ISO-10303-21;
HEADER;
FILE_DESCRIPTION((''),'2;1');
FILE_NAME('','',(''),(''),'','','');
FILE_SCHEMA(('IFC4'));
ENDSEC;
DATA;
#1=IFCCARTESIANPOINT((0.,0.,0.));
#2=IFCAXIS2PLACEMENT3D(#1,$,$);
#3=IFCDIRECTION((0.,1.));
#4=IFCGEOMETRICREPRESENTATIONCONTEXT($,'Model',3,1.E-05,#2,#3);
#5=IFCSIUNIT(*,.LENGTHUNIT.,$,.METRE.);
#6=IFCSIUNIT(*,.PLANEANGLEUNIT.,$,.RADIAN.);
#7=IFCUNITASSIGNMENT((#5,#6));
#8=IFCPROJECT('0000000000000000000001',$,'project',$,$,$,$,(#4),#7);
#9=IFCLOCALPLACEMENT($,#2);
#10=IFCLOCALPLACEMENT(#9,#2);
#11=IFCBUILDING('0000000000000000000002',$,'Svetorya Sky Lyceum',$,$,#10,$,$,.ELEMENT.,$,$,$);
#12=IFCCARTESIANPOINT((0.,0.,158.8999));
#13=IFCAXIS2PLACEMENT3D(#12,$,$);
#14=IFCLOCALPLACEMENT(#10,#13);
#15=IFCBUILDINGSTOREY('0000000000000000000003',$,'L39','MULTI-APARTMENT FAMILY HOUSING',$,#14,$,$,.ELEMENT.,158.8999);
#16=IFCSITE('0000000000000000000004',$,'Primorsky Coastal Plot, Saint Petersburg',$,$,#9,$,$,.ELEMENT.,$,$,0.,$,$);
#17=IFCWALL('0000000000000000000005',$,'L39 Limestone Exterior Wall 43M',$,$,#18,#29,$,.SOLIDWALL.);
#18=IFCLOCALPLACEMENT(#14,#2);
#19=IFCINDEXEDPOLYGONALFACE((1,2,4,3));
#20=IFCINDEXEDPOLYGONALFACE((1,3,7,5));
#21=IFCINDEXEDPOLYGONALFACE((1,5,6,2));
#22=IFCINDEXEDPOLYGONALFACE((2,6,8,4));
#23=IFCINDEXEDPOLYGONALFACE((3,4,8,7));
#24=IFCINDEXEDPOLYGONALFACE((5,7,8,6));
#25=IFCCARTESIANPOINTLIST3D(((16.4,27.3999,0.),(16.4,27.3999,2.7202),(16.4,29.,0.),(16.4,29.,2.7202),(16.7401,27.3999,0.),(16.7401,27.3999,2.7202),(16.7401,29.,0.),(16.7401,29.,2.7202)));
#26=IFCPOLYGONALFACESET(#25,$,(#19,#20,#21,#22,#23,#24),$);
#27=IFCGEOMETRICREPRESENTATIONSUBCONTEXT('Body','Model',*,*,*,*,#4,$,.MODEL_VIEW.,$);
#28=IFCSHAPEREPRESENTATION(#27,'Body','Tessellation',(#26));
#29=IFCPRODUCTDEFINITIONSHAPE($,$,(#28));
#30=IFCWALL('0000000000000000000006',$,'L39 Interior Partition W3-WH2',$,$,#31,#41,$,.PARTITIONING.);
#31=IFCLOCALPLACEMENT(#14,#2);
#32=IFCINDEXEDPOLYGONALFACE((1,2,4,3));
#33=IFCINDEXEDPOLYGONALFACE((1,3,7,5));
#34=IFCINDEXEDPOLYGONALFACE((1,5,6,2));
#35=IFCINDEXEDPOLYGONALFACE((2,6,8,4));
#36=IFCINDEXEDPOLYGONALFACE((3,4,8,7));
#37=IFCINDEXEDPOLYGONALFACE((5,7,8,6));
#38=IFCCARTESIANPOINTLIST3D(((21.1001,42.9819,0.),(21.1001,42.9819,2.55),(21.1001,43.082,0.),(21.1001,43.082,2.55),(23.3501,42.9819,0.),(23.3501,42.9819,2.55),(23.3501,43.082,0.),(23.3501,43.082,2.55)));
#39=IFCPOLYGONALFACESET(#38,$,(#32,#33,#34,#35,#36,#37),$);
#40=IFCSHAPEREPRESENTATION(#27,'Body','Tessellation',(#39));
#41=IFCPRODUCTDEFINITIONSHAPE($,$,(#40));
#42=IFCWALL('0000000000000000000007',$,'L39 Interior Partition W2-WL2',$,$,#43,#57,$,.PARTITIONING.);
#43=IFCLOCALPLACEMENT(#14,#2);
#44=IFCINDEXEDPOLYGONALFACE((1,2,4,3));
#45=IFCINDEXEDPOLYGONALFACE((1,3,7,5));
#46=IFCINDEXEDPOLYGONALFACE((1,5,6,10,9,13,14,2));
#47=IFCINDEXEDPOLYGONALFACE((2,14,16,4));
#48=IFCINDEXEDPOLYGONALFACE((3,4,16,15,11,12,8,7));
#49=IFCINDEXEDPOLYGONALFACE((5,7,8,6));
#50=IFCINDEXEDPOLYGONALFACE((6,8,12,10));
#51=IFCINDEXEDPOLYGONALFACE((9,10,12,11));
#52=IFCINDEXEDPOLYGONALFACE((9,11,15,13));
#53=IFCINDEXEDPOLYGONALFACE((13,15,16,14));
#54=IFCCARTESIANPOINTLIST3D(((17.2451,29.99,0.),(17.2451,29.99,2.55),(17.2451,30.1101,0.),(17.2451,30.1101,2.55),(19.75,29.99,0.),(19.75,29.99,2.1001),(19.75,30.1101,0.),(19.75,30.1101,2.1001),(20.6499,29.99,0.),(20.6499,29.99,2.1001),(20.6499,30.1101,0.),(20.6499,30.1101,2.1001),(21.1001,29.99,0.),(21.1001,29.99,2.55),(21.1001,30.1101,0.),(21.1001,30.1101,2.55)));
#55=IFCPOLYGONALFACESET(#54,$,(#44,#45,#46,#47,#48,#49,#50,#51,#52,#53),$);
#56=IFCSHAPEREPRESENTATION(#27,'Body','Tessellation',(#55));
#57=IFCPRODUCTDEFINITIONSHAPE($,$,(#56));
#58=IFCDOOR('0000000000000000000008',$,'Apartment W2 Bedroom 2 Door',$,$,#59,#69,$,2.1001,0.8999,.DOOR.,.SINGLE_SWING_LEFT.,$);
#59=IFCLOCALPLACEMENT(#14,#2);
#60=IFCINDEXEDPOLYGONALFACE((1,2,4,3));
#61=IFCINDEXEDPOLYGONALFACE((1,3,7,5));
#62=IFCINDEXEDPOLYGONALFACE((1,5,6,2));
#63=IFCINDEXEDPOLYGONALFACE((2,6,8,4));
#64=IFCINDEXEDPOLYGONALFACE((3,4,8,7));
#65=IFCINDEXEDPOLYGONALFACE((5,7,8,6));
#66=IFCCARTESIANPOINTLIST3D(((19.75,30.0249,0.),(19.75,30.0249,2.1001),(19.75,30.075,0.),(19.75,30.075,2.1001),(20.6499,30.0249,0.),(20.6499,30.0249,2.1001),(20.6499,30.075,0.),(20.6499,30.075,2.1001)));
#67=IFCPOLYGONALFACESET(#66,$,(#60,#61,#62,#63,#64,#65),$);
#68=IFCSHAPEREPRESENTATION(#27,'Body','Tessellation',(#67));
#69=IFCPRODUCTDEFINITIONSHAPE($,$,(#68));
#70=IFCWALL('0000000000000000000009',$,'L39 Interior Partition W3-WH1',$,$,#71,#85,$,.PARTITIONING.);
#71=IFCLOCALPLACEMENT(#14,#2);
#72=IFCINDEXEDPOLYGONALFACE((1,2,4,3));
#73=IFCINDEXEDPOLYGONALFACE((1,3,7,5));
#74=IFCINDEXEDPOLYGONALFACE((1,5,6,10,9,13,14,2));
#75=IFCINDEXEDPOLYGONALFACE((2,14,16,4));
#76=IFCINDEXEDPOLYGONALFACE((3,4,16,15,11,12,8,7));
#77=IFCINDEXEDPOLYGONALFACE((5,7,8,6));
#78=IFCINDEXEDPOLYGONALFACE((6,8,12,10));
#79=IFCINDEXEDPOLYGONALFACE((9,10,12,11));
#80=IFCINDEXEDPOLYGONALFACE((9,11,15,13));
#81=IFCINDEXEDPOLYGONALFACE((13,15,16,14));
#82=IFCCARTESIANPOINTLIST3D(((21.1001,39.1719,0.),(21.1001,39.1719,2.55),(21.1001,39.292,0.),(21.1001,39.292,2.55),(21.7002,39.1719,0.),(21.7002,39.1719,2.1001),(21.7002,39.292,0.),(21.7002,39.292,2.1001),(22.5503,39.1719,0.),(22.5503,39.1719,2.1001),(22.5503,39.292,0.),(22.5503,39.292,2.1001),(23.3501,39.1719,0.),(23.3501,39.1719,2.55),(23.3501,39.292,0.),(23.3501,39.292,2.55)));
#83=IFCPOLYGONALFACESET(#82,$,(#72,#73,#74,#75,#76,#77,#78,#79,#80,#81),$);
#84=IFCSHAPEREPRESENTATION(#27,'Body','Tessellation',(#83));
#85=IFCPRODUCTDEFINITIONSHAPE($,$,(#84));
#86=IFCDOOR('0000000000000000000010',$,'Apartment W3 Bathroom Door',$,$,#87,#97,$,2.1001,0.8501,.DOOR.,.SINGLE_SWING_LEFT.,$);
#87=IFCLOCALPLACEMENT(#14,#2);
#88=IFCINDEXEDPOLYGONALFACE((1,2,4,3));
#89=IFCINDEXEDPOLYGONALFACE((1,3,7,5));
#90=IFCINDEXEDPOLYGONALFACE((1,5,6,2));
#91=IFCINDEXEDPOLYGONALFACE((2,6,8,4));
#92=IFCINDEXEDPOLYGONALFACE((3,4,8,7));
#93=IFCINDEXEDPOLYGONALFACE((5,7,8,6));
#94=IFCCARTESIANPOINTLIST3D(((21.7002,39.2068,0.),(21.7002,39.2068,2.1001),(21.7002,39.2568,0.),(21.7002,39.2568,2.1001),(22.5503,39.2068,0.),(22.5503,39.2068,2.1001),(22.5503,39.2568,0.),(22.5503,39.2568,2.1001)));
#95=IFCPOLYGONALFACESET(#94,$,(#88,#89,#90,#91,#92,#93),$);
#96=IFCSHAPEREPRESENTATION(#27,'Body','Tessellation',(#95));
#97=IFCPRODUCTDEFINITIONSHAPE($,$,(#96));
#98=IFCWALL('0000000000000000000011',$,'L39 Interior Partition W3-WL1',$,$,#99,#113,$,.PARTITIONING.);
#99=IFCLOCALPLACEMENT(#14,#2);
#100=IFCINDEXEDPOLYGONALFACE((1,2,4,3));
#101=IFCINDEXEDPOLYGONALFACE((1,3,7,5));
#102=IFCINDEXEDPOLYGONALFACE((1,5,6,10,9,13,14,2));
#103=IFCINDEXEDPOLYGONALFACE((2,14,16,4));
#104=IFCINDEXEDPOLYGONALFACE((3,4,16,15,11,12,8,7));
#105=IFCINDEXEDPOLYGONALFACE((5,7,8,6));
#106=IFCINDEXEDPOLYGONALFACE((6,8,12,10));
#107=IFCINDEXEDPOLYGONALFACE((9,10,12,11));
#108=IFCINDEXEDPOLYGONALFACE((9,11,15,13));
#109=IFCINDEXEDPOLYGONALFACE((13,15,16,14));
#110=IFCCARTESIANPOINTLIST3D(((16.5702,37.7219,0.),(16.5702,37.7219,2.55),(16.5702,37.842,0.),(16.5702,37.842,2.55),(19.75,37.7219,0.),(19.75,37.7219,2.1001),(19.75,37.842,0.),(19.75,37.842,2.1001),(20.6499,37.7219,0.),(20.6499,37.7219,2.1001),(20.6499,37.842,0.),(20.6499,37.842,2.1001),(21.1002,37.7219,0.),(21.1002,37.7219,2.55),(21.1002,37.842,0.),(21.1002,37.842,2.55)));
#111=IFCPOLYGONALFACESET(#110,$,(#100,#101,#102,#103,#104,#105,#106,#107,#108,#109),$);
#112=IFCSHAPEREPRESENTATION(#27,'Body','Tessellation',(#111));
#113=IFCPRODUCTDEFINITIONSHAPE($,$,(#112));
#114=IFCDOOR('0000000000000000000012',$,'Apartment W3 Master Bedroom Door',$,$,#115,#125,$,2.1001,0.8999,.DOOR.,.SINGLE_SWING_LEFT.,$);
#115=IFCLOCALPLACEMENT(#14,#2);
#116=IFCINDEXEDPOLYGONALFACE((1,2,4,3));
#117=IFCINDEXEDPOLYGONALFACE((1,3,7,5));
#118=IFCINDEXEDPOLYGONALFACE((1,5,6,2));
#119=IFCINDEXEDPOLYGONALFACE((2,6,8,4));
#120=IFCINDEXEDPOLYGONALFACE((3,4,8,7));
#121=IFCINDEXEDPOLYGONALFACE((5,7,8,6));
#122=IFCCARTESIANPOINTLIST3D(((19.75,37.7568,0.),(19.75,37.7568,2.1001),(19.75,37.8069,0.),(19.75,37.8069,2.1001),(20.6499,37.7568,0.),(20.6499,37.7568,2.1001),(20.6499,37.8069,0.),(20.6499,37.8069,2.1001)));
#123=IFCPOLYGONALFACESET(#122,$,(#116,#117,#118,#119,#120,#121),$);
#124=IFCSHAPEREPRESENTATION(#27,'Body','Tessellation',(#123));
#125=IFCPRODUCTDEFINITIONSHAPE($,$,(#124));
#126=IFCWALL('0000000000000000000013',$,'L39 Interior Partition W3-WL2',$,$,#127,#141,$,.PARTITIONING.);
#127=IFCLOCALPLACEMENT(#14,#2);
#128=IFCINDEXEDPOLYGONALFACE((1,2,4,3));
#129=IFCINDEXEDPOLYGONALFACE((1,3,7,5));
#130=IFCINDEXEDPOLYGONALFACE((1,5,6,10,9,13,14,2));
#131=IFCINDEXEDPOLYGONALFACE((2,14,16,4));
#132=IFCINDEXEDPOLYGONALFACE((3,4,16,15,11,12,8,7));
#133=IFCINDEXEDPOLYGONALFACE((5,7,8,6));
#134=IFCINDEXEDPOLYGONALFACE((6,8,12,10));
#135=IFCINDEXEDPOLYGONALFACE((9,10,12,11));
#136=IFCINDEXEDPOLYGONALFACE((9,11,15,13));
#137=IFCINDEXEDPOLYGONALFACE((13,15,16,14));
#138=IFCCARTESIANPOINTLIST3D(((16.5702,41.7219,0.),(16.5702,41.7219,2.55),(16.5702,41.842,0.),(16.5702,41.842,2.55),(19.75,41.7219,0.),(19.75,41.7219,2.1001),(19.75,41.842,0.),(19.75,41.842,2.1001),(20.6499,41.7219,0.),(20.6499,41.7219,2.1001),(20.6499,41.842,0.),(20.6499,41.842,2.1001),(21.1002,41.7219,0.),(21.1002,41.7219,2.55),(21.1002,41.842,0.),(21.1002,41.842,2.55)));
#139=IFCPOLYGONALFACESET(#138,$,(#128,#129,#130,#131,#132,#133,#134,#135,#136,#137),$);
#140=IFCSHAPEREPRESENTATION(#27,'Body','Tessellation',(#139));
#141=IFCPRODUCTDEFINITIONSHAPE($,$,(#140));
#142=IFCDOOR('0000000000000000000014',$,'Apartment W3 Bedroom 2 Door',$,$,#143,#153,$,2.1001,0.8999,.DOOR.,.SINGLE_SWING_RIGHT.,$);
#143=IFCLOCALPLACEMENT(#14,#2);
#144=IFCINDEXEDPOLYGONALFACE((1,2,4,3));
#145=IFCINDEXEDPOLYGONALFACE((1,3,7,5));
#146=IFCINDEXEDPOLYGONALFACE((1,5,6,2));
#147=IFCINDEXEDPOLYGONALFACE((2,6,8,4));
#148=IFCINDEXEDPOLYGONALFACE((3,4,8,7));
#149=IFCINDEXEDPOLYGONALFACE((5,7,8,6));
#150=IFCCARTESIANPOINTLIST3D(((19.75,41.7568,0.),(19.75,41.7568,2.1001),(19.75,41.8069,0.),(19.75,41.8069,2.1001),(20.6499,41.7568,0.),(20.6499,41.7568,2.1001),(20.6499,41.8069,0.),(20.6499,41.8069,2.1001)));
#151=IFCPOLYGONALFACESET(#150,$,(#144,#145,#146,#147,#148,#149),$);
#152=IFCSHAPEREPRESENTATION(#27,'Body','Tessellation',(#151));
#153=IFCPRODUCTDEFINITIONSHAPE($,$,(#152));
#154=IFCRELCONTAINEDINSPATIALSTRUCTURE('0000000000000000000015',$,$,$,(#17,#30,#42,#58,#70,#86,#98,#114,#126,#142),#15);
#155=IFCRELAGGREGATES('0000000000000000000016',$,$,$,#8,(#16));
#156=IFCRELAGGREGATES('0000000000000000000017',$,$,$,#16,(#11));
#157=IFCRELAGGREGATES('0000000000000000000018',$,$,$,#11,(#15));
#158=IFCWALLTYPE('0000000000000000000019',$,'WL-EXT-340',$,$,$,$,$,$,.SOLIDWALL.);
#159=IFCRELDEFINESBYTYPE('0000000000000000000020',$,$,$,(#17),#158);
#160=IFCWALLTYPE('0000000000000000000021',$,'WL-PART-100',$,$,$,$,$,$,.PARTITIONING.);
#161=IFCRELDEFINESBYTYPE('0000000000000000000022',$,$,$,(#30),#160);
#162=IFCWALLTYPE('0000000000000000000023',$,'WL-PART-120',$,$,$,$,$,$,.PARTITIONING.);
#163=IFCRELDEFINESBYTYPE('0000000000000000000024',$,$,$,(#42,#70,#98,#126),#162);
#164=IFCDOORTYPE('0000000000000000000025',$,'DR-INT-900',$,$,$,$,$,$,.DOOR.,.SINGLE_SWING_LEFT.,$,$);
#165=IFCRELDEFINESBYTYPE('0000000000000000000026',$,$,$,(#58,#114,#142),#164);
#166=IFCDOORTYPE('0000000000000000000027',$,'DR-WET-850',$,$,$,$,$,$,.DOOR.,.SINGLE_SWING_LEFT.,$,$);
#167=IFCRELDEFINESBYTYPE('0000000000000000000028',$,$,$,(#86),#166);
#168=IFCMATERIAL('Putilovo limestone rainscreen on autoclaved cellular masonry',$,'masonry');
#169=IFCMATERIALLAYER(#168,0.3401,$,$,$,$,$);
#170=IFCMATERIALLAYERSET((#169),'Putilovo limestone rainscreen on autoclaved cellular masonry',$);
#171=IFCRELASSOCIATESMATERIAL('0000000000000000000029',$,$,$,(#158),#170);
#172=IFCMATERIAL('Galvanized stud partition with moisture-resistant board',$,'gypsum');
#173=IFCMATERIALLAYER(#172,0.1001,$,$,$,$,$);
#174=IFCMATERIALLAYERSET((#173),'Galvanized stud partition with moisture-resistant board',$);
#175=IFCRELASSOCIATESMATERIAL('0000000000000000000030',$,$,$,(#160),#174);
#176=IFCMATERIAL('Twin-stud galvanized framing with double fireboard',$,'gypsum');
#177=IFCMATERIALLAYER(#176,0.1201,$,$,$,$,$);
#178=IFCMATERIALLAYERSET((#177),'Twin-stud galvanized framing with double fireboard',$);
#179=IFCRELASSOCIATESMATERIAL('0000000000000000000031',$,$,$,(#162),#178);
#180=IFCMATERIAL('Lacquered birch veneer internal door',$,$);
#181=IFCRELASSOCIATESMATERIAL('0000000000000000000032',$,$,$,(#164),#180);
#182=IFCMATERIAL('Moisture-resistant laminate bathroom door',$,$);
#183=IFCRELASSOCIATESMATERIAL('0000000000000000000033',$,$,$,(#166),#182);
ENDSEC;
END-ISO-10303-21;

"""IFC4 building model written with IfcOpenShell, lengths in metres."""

from ifc_helpers import new_model, si_unit, direction, frame, frame_2d, origin, place, context, subcontext, project, spatial, rectangle, extrude, material, layer, layer_set, type_object, element, fill, save


model = new_model("IFC4")

# Units and contexts
model_context = context("Model", 3, precision=1e-05, world=origin(), true_north=direction((0.0, 1.0)))
body_context = subcontext(model_context, "Body", "Model", "MODEL_VIEW")
ifc_project = project(units=[si_unit("LENGTHUNIT", "METRE"), si_unit("PLANEANGLEUNIT", "RADIAN")], contexts=[model_context])

# Site, building, storey
site_placement = place(None, origin())
site = spatial("IfcSite", under=ifc_project, at=site_placement, Name="Primorsky Coastal Plot, Saint Petersburg", CompositionType="ELEMENT", RefElevation=0.0)
building_placement = place(site_placement, origin())
building = spatial("IfcBuilding", under=site, at=building_placement, Name="Svetorya Sky Lyceum", CompositionType="ELEMENT")
storey_placement = place(building_placement, frame((0.0, 0.0, 158.8999)))
storey = spatial("IfcBuildingStorey", under=building, at=storey_placement, Name="L39", Description="MULTI-APARTMENT FAMILY HOUSING", CompositionType="ELEMENT", Elevation=158.8999)

# Shared definitions
ifc_material_1 = material(Name="Putilovo limestone rainscreen on autoclaved cellular masonry", Category="masonry")
ifc_layer_1 = layer(ifc_material_1, 0.3401)
ifc_layer_set_1 = layer_set([ifc_layer_1], Name="Putilovo limestone rainscreen on autoclaved cellular masonry")
wall_type_1 = type_object("IfcWallType", Name="WL-EXT-340", PredefinedType="SOLIDWALL", material=ifc_layer_set_1)

# Walls
wall_1_placement = place(storey_placement, frame((16.5701, 29.0, 0.0), z_axis=(0.0, 0.0, 1.0), x_axis=(0.0, -1.0, 0.0)))
element("IfcWall", 1, at=wall_1_placement, inside=storey, type_object=wall_type_1, Name="L39 Limestone Exterior Wall 43M", PredefinedType="SOLIDWALL", context=body_context, shape_type="SweptSolid", body=[
    extrude(rectangle(XDim=1.6001, YDim=0.3401, at=frame_2d((0.8, 0.0))), origin(), (0.0, 0.0, 1.0), 2.7202),
])
ifc_material_2 = material(Name="Galvanized stud partition with moisture-resistant board", Category="gypsum")
ifc_layer_2 = layer(ifc_material_2, 0.1001)
ifc_layer_set_2 = layer_set([ifc_layer_2], Name="Galvanized stud partition with moisture-resistant board")
wall_type_2 = type_object("IfcWallType", Name="WL-PART-100", PredefinedType="PARTITIONING", material=ifc_layer_set_2)
wall_2_placement = place(storey_placement, frame((21.1001, 43.032, 0.0), z_axis=(0.0, 0.0, 1.0), x_axis=(1.0, 0.0, 0.0)))
element("IfcWall", 2, at=wall_2_placement, inside=storey, type_object=wall_type_2, Name="L39 Interior Partition W3-WH2", PredefinedType="PARTITIONING", context=body_context, shape_type="SweptSolid", body=[
    extrude(rectangle(XDim=2.25, YDim=0.1001, at=frame_2d((1.125, 0.0))), origin(), (0.0, 0.0, 1.0), 2.55),
])

# Walls, openings, doors
ifc_material_3 = material(Name="Twin-stud galvanized framing with double fireboard", Category="gypsum")
ifc_layer_3 = layer(ifc_material_3, 0.1201)
ifc_layer_set_3 = layer_set([ifc_layer_3], Name="Twin-stud galvanized framing with double fireboard")
wall_type_3 = type_object("IfcWallType", Name="WL-PART-120", PredefinedType="PARTITIONING", material=ifc_layer_set_3)
wall_3_placement = place(storey_placement, frame((17.2451, 30.05, 0.0), z_axis=(0.0, 0.0, 1.0), x_axis=(1.0, 0.0, 0.0)))
wall_3 = element("IfcWall", 3, at=wall_3_placement, inside=storey, type_object=wall_type_3, Name="L39 Interior Partition W2-WL2", PredefinedType="PARTITIONING", context=body_context, shape_type="SweptSolid", body=[
    extrude(rectangle(XDim=3.855, YDim=0.1201, at=frame_2d((1.9275, 0.0))), origin(), (0.0, 0.0, 1.0), 2.55),
])
opening_1_placement = place(wall_3_placement, frame((2.5049, 0.0, 0.0)))
opening_1 = element("IfcOpeningElement", 4, at=opening_1_placement, cuts=wall_3, PredefinedType="OPENING", context=body_context, shape_type="SweptSolid", body=[
    extrude(rectangle(XDim=0.8999, YDim=2.1001, at=frame_2d((0.45, 1.05))), frame((0.0, 0.0701, 0.0), z_axis=(0.0, -1.0, 0.0), x_axis=(1.0, 0.0, 0.0)), (0.0, 0.0, 1.0), 0.1401),
])
ifc_material_4 = material(Name="Lacquered birch veneer internal door")
door_type_1 = type_object("IfcDoorType", Name="DR-INT-900", OperationType="SINGLE_SWING_LEFT", PredefinedType="DOOR", material=ifc_material_4)
door_1_placement = place(opening_1_placement, origin())
door_1 = element("IfcDoor", 5, at=door_1_placement, inside=storey, type_object=door_type_1, Name="Apartment W2 Bedroom 2 Door", OperationType="SINGLE_SWING_LEFT", OverallHeight=2.1001, OverallWidth=0.8999, PredefinedType="DOOR", context=body_context, shape_type="SweptSolid", body=[
    extrude(rectangle(XDim=0.8999, YDim=2.1001, at=frame_2d((0.45, 1.05))), frame((0.0, 0.0249, 0.0), z_axis=(0.0, -1.0, 0.0), x_axis=(1.0, 0.0, 0.0)), (0.0, 0.0, 1.0), 0.05),
])
fill(opening_1, door_1)
wall_4_placement = place(storey_placement, frame((21.1001, 39.2319, 0.0), z_axis=(0.0, 0.0, 1.0), x_axis=(1.0, 0.0, 0.0)))
wall_4 = element("IfcWall", 6, at=wall_4_placement, inside=storey, type_object=wall_type_3, Name="L39 Interior Partition W3-WH1", PredefinedType="PARTITIONING", context=body_context, shape_type="SweptSolid", body=[
    extrude(rectangle(XDim=2.25, YDim=0.1201, at=frame_2d((1.125, 0.0))), origin(), (0.0, 0.0, 1.0), 2.55),
])
opening_2_placement = place(wall_4_placement, frame((0.6001, 0.0, 0.0)))
opening_2 = element("IfcOpeningElement", 7, at=opening_2_placement, cuts=wall_4, PredefinedType="OPENING", context=body_context, shape_type="SweptSolid", body=[
    extrude(rectangle(XDim=0.8501, YDim=2.1001, at=frame_2d((0.425, 1.05))), frame((0.0, 0.0701, 0.0), z_axis=(0.0, -1.0, 0.0), x_axis=(1.0, 0.0, 0.0)), (0.0, 0.0, 1.0), 0.1401),
])
ifc_material_5 = material(Name="Moisture-resistant laminate bathroom door")
door_type_2 = type_object("IfcDoorType", Name="DR-WET-850", OperationType="SINGLE_SWING_LEFT", PredefinedType="DOOR", material=ifc_material_5)
door_2_placement = place(opening_2_placement, origin())
door_2 = element("IfcDoor", 8, at=door_2_placement, inside=storey, type_object=door_type_2, Name="Apartment W3 Bathroom Door", OperationType="SINGLE_SWING_LEFT", OverallHeight=2.1001, OverallWidth=0.8501, PredefinedType="DOOR", context=body_context, shape_type="SweptSolid", body=[
    extrude(rectangle(XDim=0.8501, YDim=2.1001, at=frame_2d((0.425, 1.05))), frame((0.0, 0.0249, 0.0), z_axis=(0.0, -1.0, 0.0), x_axis=(1.0, 0.0, 0.0)), (0.0, 0.0, 1.0), 0.05),
])
fill(opening_2, door_2)
wall_5_placement = place(storey_placement, frame((16.5701, 37.782, 0.0), z_axis=(0.0, 0.0, 1.0), x_axis=(1.0, 0.0, 0.0)))
wall_5 = element("IfcWall", 9, at=wall_5_placement, inside=storey, type_object=wall_type_3, Name="L39 Interior Partition W3-WL1", PredefinedType="PARTITIONING", context=body_context, shape_type="SweptSolid", body=[
    extrude(rectangle(XDim=4.53, YDim=0.1201, at=frame_2d((2.2651, 0.0))), origin(), (0.0, 0.0, 1.0), 2.55),
])
opening_3_placement = place(wall_5_placement, frame((3.1799, 0.0, 0.0)))
opening_3 = element("IfcOpeningElement", 10, at=opening_3_placement, cuts=wall_5, PredefinedType="OPENING", context=body_context, shape_type="SweptSolid", body=[
    extrude(rectangle(XDim=0.8999, YDim=2.1001, at=frame_2d((0.45, 1.05))), frame((0.0, 0.0701, 0.0), z_axis=(0.0, -1.0, 0.0), x_axis=(1.0, 0.0, 0.0)), (0.0, 0.0, 1.0), 0.1401),
])
door_3_placement = place(opening_3_placement, origin())
door_3 = element("IfcDoor", 11, at=door_3_placement, inside=storey, type_object=door_type_1, Name="Apartment W3 Master Bedroom Door", OperationType="SINGLE_SWING_LEFT", OverallHeight=2.1001, OverallWidth=0.8999, PredefinedType="DOOR", context=body_context, shape_type="SweptSolid", body=[
    extrude(rectangle(XDim=0.8999, YDim=2.1001, at=frame_2d((0.45, 1.05))), frame((0.0, 0.0249, 0.0), z_axis=(0.0, -1.0, 0.0), x_axis=(1.0, 0.0, 0.0)), (0.0, 0.0, 1.0), 0.05),
])
fill(opening_3, door_3)
wall_6_placement = place(storey_placement, frame((16.5701, 41.782, 0.0), z_axis=(0.0, 0.0, 1.0), x_axis=(1.0, 0.0, 0.0)))
wall_6 = element("IfcWall", 12, at=wall_6_placement, inside=storey, type_object=wall_type_3, Name="L39 Interior Partition W3-WL2", PredefinedType="PARTITIONING", context=body_context, shape_type="SweptSolid", body=[
    extrude(rectangle(XDim=4.53, YDim=0.1201, at=frame_2d((2.2651, 0.0))), origin(), (0.0, 0.0, 1.0), 2.55),
])
opening_4_placement = place(wall_6_placement, frame((3.1799, 0.0, 0.0)))
opening_4 = element("IfcOpeningElement", 13, at=opening_4_placement, cuts=wall_6, PredefinedType="OPENING", context=body_context, shape_type="SweptSolid", body=[
    extrude(rectangle(XDim=0.8999, YDim=2.1001, at=frame_2d((0.45, 1.05))), frame((0.0, 0.0701, 0.0), z_axis=(0.0, -1.0, 0.0), x_axis=(1.0, 0.0, 0.0)), (0.0, 0.0, 1.0), 0.1401),
])
door_4_placement = place(opening_4_placement, origin())
door_4 = element("IfcDoor", 14, at=door_4_placement, inside=storey, type_object=door_type_1, Name="Apartment W3 Bedroom 2 Door", OperationType="SINGLE_SWING_RIGHT", OverallHeight=2.1001, OverallWidth=0.8999, PredefinedType="DOOR", context=body_context, shape_type="SweptSolid", body=[
    extrude(rectangle(XDim=0.8999, YDim=2.1001, at=frame_2d((0.45, 1.05))), frame((0.0, 0.0249, 0.0), z_axis=(0.0, -1.0, 0.0), x_axis=(1.0, 0.0, 0.0)), (0.0, 0.0, 1.0), 0.05),
])
fill(opening_4, door_4)

save(model, "model.ifc")
